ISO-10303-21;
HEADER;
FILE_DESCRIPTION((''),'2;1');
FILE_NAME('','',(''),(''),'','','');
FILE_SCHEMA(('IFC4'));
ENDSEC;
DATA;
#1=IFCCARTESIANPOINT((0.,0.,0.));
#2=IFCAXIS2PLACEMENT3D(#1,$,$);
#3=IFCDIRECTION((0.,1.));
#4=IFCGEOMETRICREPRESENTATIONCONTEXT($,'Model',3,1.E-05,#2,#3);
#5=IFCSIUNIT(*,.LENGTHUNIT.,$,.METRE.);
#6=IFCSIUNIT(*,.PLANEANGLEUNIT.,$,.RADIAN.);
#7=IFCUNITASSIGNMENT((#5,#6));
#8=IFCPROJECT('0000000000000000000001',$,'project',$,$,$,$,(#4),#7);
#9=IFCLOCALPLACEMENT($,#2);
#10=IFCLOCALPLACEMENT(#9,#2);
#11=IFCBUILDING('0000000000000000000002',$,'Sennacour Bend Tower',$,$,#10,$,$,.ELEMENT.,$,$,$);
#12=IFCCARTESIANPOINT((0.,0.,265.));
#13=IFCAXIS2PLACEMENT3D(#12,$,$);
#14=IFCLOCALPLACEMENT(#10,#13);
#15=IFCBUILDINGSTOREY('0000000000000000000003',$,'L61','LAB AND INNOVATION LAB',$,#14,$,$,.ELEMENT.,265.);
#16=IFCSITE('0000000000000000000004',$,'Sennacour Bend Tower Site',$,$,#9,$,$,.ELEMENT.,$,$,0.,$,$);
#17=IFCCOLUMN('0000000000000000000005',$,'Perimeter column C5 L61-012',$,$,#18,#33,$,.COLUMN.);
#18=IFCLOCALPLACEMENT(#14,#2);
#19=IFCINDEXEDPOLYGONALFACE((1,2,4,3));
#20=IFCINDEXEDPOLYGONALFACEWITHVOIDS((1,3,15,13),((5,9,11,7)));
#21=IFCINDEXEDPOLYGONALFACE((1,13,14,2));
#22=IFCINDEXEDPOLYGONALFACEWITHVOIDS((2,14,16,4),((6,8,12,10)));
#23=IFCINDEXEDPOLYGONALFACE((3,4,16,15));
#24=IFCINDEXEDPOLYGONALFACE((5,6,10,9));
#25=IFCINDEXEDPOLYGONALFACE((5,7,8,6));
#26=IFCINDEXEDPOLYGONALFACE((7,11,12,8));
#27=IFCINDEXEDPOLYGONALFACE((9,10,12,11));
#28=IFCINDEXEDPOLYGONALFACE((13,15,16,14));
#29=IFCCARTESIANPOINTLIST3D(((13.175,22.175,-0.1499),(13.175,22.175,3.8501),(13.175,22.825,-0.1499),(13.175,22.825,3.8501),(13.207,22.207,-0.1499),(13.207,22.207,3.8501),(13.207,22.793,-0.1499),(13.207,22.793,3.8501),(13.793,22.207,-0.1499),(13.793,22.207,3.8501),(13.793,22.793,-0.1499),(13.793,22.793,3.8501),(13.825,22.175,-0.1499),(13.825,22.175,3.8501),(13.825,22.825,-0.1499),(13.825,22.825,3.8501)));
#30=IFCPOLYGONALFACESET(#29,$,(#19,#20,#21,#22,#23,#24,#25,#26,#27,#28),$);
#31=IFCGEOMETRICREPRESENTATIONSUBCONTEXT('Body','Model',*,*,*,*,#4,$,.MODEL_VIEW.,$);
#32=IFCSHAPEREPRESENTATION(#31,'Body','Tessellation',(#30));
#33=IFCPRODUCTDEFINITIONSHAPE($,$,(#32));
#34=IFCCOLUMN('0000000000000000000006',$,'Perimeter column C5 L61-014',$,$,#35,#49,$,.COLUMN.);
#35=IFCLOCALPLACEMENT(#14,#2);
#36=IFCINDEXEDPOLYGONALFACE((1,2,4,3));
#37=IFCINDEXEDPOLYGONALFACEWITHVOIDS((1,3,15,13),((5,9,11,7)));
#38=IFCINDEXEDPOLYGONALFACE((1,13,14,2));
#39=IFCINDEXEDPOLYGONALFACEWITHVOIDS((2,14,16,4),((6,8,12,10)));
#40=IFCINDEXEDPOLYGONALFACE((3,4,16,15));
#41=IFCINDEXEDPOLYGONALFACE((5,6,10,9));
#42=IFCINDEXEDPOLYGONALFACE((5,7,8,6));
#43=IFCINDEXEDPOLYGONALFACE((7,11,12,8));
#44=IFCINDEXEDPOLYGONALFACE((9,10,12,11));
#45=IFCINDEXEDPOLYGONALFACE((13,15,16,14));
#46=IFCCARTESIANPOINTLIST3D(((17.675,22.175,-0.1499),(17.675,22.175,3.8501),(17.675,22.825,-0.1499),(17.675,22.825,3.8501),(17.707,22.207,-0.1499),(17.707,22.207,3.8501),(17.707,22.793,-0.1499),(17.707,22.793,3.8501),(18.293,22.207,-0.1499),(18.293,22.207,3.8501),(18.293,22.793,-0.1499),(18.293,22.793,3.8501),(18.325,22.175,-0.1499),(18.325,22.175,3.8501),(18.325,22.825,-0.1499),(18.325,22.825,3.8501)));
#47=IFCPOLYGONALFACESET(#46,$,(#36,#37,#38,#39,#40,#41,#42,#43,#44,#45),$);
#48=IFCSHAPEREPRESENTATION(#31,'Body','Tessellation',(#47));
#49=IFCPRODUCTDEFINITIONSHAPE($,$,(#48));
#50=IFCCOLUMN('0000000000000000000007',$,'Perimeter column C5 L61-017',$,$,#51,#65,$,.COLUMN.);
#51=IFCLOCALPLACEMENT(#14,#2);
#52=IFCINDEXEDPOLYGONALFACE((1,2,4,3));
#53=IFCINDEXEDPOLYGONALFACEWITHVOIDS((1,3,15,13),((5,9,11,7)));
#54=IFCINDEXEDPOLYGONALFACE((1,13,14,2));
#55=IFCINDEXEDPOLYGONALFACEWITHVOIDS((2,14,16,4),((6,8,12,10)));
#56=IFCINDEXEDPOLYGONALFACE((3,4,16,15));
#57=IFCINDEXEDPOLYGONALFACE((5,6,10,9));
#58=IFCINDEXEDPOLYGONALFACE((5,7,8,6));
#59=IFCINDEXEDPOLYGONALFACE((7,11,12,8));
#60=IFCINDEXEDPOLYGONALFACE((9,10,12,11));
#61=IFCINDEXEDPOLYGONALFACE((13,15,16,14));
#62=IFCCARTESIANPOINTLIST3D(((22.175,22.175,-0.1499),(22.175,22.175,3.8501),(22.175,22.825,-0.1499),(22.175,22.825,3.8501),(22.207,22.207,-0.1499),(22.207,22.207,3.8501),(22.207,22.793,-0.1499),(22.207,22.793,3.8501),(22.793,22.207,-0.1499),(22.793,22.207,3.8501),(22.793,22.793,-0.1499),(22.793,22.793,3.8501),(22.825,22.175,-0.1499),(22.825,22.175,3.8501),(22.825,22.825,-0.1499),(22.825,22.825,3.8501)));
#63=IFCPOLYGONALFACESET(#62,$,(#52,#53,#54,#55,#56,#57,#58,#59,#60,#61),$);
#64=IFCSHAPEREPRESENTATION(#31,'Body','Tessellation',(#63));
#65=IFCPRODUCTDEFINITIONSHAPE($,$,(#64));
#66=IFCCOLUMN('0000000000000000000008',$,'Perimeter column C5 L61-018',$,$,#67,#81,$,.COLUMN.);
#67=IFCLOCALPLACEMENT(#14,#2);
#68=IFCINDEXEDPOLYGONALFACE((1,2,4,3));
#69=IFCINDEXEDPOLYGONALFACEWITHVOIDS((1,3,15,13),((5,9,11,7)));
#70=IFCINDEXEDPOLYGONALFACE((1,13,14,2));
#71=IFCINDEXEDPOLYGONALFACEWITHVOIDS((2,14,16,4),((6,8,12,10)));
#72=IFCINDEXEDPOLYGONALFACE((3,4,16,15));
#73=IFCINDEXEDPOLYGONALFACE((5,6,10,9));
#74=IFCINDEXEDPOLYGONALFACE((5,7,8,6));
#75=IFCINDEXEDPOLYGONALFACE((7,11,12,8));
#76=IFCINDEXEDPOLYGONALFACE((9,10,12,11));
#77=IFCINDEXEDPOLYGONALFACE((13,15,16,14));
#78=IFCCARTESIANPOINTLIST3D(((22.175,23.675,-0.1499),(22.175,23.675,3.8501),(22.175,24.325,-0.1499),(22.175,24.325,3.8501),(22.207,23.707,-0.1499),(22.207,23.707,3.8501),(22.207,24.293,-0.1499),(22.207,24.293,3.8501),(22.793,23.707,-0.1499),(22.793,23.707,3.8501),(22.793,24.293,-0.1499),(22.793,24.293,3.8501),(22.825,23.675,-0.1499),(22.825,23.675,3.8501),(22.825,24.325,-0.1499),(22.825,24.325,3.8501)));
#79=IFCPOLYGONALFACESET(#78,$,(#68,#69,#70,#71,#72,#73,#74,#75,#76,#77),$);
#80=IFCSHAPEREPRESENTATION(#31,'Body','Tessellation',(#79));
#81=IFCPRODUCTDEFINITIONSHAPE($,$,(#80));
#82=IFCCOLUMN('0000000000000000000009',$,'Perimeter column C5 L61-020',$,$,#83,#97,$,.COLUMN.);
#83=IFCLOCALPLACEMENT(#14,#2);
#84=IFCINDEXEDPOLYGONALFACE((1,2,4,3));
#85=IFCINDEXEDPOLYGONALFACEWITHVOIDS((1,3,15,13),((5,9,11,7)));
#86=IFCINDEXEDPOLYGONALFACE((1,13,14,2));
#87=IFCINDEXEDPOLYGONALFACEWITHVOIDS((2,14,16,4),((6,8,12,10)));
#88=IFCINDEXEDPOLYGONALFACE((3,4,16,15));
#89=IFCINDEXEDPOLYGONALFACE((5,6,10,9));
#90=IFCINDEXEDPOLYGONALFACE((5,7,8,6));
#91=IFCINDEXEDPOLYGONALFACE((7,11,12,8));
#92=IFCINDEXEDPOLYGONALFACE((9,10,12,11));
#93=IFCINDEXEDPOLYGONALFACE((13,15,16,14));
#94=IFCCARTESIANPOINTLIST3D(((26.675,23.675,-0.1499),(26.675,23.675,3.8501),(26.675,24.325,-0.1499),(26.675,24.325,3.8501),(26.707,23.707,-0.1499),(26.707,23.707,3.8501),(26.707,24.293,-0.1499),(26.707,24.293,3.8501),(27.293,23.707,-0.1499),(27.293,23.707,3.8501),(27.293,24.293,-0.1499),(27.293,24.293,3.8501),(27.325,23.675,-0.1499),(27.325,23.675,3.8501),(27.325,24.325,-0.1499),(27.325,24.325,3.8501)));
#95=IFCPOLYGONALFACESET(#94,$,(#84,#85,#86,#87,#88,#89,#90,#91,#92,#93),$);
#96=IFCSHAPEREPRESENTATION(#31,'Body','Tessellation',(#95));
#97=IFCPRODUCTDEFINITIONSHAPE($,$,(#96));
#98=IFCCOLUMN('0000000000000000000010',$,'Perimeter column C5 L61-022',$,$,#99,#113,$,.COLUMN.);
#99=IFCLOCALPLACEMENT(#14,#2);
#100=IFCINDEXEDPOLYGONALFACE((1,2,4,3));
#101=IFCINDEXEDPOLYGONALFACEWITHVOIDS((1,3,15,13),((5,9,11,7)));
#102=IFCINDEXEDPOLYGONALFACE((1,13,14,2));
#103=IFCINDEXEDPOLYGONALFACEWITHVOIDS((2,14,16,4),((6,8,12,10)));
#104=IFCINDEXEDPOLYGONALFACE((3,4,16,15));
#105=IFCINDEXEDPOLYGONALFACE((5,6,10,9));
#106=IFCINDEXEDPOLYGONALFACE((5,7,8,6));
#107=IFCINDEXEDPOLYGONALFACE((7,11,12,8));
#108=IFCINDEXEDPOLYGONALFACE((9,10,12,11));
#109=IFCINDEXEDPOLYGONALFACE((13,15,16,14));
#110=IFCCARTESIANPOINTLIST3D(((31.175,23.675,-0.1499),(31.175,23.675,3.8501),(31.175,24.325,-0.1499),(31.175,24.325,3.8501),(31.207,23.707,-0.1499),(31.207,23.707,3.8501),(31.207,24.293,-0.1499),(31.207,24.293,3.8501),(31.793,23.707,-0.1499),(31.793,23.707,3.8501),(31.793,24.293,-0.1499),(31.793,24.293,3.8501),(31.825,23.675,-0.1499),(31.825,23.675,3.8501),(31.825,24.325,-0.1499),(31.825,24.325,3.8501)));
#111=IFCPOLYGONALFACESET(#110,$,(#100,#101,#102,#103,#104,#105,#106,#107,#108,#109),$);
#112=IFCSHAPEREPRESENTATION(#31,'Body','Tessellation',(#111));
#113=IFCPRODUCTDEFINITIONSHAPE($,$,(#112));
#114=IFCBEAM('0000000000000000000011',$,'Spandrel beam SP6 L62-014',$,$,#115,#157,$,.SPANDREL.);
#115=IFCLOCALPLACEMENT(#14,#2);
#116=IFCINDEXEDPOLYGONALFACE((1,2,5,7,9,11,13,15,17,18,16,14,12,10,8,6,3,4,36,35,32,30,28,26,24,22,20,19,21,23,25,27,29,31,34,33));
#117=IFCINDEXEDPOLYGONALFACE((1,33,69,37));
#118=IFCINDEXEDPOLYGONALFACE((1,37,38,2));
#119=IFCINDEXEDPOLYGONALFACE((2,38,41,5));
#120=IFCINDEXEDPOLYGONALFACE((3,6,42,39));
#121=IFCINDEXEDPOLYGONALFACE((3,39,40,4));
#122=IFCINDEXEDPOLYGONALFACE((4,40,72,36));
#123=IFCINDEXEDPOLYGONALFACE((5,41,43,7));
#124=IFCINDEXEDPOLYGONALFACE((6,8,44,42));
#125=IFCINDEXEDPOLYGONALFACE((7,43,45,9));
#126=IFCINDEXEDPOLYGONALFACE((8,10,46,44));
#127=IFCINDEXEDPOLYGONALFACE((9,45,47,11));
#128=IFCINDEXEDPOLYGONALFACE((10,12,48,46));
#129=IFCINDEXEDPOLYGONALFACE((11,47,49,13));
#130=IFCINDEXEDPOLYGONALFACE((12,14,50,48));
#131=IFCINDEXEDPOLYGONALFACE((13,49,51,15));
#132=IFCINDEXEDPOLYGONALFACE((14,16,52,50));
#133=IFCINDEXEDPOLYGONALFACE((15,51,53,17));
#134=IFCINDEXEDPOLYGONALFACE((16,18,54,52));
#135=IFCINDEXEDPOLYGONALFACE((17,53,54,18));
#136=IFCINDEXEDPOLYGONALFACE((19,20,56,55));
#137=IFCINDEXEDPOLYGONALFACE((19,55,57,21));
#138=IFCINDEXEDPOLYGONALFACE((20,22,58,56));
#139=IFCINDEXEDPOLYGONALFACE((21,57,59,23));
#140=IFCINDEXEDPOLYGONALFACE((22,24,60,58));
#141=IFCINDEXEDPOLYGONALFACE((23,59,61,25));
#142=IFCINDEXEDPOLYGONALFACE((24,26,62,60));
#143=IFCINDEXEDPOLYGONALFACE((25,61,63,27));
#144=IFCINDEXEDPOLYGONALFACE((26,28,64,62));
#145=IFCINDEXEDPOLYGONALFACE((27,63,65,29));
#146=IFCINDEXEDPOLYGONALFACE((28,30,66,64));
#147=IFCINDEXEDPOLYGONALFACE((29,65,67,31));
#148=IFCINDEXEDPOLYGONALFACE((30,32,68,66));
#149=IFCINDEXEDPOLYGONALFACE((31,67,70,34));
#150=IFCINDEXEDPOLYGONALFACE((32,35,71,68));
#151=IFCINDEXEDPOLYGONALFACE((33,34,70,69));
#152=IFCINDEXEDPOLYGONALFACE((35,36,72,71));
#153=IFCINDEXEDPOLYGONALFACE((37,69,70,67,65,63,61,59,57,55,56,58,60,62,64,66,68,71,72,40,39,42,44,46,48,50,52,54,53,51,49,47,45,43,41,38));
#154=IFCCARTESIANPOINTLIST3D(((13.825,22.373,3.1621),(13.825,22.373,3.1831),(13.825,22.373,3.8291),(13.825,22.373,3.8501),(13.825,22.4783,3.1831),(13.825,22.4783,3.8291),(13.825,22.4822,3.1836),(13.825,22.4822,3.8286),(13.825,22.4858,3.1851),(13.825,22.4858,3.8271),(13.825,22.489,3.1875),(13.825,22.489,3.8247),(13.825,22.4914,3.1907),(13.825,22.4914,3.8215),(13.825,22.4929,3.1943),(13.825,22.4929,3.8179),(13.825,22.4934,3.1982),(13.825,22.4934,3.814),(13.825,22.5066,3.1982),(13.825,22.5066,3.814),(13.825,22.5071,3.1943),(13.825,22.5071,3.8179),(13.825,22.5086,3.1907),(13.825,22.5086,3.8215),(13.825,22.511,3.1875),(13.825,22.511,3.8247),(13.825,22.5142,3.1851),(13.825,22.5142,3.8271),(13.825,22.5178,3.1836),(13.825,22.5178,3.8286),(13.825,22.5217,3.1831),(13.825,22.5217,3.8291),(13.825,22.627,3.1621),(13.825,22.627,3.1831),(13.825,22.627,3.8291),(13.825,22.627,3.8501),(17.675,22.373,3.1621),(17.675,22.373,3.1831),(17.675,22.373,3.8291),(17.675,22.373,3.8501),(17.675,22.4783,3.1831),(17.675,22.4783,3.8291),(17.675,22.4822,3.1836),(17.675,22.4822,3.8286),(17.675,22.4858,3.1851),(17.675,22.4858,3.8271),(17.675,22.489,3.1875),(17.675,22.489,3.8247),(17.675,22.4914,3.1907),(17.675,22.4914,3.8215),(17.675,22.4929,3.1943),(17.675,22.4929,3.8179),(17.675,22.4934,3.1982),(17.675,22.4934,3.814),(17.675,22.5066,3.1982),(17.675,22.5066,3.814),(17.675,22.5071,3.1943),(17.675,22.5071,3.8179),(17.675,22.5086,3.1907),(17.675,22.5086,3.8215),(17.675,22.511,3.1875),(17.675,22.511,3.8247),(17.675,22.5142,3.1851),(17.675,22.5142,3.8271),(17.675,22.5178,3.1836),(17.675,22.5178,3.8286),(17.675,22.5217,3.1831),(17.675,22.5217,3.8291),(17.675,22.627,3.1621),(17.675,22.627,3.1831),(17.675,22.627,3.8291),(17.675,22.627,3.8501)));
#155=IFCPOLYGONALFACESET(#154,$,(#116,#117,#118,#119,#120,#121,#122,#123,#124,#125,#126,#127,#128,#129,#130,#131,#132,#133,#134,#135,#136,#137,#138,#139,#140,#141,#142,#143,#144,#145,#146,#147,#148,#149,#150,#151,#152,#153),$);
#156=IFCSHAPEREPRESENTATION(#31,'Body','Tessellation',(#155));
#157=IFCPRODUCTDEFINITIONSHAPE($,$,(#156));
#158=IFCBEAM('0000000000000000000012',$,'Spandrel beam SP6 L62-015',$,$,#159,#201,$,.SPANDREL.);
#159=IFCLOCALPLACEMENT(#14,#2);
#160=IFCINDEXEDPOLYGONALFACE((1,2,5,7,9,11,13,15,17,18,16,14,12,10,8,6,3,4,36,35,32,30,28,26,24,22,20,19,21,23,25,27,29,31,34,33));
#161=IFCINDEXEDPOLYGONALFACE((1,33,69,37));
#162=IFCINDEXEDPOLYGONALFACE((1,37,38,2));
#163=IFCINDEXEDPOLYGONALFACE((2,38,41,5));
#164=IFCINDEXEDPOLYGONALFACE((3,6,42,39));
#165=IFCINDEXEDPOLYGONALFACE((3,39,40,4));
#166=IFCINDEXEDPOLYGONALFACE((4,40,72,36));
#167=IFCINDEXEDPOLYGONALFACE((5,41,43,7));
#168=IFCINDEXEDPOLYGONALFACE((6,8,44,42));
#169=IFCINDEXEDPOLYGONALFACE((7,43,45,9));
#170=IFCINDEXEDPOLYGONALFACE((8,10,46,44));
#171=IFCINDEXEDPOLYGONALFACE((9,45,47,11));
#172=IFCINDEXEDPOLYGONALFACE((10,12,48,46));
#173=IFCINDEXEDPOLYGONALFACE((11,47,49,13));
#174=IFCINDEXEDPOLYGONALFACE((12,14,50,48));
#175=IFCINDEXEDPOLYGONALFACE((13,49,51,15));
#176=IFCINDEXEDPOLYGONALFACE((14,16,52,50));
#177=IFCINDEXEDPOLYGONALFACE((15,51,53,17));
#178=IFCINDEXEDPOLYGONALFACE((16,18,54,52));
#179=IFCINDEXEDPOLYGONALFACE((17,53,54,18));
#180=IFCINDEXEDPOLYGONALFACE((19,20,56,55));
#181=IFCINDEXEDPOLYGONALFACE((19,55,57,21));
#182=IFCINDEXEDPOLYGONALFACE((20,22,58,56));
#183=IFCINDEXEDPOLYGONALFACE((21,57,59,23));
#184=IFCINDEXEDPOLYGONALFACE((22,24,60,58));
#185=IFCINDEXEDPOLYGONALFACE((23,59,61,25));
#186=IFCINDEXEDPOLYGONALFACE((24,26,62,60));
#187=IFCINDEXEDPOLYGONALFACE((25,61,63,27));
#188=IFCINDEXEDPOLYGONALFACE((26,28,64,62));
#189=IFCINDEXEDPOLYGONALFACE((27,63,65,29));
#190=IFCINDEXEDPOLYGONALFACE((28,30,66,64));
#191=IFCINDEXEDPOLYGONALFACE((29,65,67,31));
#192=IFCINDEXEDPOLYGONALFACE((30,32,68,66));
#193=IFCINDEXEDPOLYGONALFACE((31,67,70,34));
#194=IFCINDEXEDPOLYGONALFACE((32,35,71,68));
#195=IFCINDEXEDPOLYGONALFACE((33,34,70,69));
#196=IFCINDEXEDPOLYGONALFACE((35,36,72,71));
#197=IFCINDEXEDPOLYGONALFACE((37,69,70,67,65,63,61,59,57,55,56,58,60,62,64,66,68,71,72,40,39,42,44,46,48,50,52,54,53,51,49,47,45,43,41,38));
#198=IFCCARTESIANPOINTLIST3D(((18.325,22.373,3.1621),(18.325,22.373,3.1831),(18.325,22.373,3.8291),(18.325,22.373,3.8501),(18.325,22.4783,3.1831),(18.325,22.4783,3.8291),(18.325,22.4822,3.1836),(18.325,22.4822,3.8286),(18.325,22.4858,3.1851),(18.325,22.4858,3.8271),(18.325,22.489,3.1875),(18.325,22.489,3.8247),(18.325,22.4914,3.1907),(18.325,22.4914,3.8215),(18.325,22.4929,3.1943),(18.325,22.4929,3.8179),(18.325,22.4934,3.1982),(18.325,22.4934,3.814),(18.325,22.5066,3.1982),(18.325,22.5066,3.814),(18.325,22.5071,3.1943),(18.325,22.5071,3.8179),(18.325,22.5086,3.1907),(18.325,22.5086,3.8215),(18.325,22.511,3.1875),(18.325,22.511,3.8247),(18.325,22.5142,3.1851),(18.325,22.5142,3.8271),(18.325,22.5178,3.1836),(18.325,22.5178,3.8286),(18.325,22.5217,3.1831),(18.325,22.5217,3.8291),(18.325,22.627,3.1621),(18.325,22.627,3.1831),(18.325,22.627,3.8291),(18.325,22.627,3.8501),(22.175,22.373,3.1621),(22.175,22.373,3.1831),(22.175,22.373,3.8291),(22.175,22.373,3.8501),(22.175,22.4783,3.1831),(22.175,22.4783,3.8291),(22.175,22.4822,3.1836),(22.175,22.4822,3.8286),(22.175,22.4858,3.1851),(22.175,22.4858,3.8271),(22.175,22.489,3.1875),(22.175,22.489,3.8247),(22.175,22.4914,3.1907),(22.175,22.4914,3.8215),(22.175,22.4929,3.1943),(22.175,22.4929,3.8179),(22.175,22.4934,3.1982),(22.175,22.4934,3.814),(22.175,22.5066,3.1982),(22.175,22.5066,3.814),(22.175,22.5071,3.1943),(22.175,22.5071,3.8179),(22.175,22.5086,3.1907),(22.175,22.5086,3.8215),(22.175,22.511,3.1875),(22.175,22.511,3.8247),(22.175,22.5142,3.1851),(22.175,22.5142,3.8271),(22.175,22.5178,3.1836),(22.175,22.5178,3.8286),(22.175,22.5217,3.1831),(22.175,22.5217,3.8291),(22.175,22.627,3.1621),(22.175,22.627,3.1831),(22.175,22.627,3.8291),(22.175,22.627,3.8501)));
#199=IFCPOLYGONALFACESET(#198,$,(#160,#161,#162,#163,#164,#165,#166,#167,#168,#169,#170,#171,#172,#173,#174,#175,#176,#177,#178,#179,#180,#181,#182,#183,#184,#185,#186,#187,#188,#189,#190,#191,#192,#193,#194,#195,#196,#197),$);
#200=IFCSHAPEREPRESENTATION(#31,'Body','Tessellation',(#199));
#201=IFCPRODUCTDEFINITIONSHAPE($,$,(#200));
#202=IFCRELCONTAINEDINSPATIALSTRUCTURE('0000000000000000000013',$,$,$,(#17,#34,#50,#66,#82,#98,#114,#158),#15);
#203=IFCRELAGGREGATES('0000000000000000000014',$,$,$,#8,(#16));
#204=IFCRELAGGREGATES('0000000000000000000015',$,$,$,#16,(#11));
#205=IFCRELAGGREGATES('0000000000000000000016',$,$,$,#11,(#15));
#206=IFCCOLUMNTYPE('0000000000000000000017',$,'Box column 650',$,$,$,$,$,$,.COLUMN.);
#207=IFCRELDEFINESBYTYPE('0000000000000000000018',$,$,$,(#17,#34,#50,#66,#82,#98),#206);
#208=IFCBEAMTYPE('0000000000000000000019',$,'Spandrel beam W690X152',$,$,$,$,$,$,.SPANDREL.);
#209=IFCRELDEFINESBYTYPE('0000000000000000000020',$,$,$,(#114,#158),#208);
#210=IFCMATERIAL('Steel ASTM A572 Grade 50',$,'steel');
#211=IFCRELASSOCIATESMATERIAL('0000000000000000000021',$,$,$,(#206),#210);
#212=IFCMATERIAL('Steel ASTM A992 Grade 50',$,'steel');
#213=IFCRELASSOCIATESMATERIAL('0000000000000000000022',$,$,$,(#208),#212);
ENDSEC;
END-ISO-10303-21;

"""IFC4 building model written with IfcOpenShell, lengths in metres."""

from ifc_helpers import new_model, si_unit, direction, frame, origin, origin_2d, place, context, subcontext, project, spatial, hollow_rectangle, i_section, extrude, material, material_profile, profile_set, type_object, element, save


model = new_model("IFC4")

# Units and contexts
model_context = context("Model", 3, precision=1e-05, world=origin(), true_north=direction((0.0, 1.0)))
body_context = subcontext(model_context, "Body", "Model", "MODEL_VIEW")
ifc_project = project(units=[si_unit("LENGTHUNIT", "METRE"), si_unit("PLANEANGLEUNIT", "RADIAN")], contexts=[model_context])

# Site, building, storey
site_placement = place(None, origin())
site = spatial("IfcSite", under=ifc_project, at=site_placement, Name="Sennacour Bend Tower Site", CompositionType="ELEMENT", RefElevation=0.0)
building_placement = place(site_placement, origin())
building = spatial("IfcBuilding", under=site, at=building_placement, Name="Sennacour Bend Tower", CompositionType="ELEMENT")
storey_placement = place(building_placement, frame((0.0, 0.0, 265.0)))
storey = spatial("IfcBuildingStorey", under=building, at=storey_placement, Name="L61", Description="LAB AND INNOVATION LAB", CompositionType="ELEMENT", Elevation=265.0)

# Columns
ifc_material_1 = material(Name="Steel ASTM A572 Grade 50", Category="steel")
ifc_material_profile_1 = material_profile(ifc_material_1, hollow_rectangle(XDim=0.6499, YDim=0.6499, WallThickness=0.032, at=origin_2d()), Name="Steel ASTM A572 Grade 50", Category="steel")
ifc_profile_set_1 = profile_set([ifc_material_profile_1], Name="Steel ASTM A572 Grade 50")
column_type = type_object("IfcColumnType", Name="Box column 650", PredefinedType="COLUMN", material=ifc_profile_set_1)
for number, where, z_axis, x_axis, name in (
    (1, (13.5, 22.5, -0.1499), (0.0, 0.0, 1.0), (1.0, 0.0, 0.0), "Perimeter column C5 L61-012"),
    (2, (18.0, 22.5, -0.1499), (0.0, 0.0, 1.0), (1.0, 0.0, 0.0), "Perimeter column C5 L61-014"),
    (3, (22.5, 22.5, -0.1499), (0.0, 0.0, 1.0), (1.0, 0.0, 0.0), "Perimeter column C5 L61-017"),
    (4, (22.5, 24.0, -0.1499), (0.0, 0.0, 1.0), (1.0, 0.0, 0.0), "Perimeter column C5 L61-018"),
    (5, (27.0, 24.0, -0.1499), (0.0, 0.0, 1.0), (1.0, 0.0, 0.0), "Perimeter column C5 L61-020"),
    (6, (31.5, 24.0, -0.1499), (0.0, 0.0, 1.0), (1.0, 0.0, 0.0), "Perimeter column C5 L61-022"),
):
    element("IfcColumn", number, at=place(storey_placement, frame(where, z_axis=z_axis, x_axis=x_axis)), inside=storey, type_object=column_type, Name=name, PredefinedType="COLUMN", context=body_context, shape_type="SweptSolid", body=[
        extrude(hollow_rectangle(XDim=0.6499, YDim=0.6499, WallThickness=0.032, at=origin_2d()), origin(), (0.0, 0.0, 1.0), 4.0),
    ])

# Beams
ifc_material_2 = material(Name="Steel ASTM A992 Grade 50", Category="steel")
ifc_material_profile_2 = material_profile(ifc_material_2, i_section(OverallWidth=0.2539, OverallDepth=0.688, WebThickness=0.0132, FlangeThickness=0.021, FilletRadius=0.0151, at=origin_2d()), Name="Steel ASTM A992 Grade 50", Category="steel")
ifc_profile_set_2 = profile_set([ifc_material_profile_2], Name="Steel ASTM A992 Grade 50")
beam_type = type_object("IfcBeamType", Name="Spandrel beam W690X152", PredefinedType="SPANDREL", material=ifc_profile_set_2)
for number, where, z_axis, x_axis, name in (
    (7, (13.825, 22.5, 3.5061), (1.0, 0.0, 0.0), (0.0, 1.0, 0.0), "Spandrel beam SP6 L62-014"),
    (8, (18.325, 22.5, 3.5061), (1.0, 0.0, 0.0), (0.0, 1.0, 0.0), "Spandrel beam SP6 L62-015"),
):
    element("IfcBeam", number, at=place(storey_placement, frame(where, z_axis=z_axis, x_axis=x_axis)), inside=storey, type_object=beam_type, Name=name, PredefinedType="SPANDREL", context=body_context, shape_type="SweptSolid", body=[
        extrude(i_section(OverallWidth=0.2539, OverallDepth=0.688, WebThickness=0.0132, FlangeThickness=0.021, FilletRadius=0.0151, at=origin_2d()), origin(), (0.0, 0.0, 1.0), 3.8501),
    ])

save(model, "model.ifc")
